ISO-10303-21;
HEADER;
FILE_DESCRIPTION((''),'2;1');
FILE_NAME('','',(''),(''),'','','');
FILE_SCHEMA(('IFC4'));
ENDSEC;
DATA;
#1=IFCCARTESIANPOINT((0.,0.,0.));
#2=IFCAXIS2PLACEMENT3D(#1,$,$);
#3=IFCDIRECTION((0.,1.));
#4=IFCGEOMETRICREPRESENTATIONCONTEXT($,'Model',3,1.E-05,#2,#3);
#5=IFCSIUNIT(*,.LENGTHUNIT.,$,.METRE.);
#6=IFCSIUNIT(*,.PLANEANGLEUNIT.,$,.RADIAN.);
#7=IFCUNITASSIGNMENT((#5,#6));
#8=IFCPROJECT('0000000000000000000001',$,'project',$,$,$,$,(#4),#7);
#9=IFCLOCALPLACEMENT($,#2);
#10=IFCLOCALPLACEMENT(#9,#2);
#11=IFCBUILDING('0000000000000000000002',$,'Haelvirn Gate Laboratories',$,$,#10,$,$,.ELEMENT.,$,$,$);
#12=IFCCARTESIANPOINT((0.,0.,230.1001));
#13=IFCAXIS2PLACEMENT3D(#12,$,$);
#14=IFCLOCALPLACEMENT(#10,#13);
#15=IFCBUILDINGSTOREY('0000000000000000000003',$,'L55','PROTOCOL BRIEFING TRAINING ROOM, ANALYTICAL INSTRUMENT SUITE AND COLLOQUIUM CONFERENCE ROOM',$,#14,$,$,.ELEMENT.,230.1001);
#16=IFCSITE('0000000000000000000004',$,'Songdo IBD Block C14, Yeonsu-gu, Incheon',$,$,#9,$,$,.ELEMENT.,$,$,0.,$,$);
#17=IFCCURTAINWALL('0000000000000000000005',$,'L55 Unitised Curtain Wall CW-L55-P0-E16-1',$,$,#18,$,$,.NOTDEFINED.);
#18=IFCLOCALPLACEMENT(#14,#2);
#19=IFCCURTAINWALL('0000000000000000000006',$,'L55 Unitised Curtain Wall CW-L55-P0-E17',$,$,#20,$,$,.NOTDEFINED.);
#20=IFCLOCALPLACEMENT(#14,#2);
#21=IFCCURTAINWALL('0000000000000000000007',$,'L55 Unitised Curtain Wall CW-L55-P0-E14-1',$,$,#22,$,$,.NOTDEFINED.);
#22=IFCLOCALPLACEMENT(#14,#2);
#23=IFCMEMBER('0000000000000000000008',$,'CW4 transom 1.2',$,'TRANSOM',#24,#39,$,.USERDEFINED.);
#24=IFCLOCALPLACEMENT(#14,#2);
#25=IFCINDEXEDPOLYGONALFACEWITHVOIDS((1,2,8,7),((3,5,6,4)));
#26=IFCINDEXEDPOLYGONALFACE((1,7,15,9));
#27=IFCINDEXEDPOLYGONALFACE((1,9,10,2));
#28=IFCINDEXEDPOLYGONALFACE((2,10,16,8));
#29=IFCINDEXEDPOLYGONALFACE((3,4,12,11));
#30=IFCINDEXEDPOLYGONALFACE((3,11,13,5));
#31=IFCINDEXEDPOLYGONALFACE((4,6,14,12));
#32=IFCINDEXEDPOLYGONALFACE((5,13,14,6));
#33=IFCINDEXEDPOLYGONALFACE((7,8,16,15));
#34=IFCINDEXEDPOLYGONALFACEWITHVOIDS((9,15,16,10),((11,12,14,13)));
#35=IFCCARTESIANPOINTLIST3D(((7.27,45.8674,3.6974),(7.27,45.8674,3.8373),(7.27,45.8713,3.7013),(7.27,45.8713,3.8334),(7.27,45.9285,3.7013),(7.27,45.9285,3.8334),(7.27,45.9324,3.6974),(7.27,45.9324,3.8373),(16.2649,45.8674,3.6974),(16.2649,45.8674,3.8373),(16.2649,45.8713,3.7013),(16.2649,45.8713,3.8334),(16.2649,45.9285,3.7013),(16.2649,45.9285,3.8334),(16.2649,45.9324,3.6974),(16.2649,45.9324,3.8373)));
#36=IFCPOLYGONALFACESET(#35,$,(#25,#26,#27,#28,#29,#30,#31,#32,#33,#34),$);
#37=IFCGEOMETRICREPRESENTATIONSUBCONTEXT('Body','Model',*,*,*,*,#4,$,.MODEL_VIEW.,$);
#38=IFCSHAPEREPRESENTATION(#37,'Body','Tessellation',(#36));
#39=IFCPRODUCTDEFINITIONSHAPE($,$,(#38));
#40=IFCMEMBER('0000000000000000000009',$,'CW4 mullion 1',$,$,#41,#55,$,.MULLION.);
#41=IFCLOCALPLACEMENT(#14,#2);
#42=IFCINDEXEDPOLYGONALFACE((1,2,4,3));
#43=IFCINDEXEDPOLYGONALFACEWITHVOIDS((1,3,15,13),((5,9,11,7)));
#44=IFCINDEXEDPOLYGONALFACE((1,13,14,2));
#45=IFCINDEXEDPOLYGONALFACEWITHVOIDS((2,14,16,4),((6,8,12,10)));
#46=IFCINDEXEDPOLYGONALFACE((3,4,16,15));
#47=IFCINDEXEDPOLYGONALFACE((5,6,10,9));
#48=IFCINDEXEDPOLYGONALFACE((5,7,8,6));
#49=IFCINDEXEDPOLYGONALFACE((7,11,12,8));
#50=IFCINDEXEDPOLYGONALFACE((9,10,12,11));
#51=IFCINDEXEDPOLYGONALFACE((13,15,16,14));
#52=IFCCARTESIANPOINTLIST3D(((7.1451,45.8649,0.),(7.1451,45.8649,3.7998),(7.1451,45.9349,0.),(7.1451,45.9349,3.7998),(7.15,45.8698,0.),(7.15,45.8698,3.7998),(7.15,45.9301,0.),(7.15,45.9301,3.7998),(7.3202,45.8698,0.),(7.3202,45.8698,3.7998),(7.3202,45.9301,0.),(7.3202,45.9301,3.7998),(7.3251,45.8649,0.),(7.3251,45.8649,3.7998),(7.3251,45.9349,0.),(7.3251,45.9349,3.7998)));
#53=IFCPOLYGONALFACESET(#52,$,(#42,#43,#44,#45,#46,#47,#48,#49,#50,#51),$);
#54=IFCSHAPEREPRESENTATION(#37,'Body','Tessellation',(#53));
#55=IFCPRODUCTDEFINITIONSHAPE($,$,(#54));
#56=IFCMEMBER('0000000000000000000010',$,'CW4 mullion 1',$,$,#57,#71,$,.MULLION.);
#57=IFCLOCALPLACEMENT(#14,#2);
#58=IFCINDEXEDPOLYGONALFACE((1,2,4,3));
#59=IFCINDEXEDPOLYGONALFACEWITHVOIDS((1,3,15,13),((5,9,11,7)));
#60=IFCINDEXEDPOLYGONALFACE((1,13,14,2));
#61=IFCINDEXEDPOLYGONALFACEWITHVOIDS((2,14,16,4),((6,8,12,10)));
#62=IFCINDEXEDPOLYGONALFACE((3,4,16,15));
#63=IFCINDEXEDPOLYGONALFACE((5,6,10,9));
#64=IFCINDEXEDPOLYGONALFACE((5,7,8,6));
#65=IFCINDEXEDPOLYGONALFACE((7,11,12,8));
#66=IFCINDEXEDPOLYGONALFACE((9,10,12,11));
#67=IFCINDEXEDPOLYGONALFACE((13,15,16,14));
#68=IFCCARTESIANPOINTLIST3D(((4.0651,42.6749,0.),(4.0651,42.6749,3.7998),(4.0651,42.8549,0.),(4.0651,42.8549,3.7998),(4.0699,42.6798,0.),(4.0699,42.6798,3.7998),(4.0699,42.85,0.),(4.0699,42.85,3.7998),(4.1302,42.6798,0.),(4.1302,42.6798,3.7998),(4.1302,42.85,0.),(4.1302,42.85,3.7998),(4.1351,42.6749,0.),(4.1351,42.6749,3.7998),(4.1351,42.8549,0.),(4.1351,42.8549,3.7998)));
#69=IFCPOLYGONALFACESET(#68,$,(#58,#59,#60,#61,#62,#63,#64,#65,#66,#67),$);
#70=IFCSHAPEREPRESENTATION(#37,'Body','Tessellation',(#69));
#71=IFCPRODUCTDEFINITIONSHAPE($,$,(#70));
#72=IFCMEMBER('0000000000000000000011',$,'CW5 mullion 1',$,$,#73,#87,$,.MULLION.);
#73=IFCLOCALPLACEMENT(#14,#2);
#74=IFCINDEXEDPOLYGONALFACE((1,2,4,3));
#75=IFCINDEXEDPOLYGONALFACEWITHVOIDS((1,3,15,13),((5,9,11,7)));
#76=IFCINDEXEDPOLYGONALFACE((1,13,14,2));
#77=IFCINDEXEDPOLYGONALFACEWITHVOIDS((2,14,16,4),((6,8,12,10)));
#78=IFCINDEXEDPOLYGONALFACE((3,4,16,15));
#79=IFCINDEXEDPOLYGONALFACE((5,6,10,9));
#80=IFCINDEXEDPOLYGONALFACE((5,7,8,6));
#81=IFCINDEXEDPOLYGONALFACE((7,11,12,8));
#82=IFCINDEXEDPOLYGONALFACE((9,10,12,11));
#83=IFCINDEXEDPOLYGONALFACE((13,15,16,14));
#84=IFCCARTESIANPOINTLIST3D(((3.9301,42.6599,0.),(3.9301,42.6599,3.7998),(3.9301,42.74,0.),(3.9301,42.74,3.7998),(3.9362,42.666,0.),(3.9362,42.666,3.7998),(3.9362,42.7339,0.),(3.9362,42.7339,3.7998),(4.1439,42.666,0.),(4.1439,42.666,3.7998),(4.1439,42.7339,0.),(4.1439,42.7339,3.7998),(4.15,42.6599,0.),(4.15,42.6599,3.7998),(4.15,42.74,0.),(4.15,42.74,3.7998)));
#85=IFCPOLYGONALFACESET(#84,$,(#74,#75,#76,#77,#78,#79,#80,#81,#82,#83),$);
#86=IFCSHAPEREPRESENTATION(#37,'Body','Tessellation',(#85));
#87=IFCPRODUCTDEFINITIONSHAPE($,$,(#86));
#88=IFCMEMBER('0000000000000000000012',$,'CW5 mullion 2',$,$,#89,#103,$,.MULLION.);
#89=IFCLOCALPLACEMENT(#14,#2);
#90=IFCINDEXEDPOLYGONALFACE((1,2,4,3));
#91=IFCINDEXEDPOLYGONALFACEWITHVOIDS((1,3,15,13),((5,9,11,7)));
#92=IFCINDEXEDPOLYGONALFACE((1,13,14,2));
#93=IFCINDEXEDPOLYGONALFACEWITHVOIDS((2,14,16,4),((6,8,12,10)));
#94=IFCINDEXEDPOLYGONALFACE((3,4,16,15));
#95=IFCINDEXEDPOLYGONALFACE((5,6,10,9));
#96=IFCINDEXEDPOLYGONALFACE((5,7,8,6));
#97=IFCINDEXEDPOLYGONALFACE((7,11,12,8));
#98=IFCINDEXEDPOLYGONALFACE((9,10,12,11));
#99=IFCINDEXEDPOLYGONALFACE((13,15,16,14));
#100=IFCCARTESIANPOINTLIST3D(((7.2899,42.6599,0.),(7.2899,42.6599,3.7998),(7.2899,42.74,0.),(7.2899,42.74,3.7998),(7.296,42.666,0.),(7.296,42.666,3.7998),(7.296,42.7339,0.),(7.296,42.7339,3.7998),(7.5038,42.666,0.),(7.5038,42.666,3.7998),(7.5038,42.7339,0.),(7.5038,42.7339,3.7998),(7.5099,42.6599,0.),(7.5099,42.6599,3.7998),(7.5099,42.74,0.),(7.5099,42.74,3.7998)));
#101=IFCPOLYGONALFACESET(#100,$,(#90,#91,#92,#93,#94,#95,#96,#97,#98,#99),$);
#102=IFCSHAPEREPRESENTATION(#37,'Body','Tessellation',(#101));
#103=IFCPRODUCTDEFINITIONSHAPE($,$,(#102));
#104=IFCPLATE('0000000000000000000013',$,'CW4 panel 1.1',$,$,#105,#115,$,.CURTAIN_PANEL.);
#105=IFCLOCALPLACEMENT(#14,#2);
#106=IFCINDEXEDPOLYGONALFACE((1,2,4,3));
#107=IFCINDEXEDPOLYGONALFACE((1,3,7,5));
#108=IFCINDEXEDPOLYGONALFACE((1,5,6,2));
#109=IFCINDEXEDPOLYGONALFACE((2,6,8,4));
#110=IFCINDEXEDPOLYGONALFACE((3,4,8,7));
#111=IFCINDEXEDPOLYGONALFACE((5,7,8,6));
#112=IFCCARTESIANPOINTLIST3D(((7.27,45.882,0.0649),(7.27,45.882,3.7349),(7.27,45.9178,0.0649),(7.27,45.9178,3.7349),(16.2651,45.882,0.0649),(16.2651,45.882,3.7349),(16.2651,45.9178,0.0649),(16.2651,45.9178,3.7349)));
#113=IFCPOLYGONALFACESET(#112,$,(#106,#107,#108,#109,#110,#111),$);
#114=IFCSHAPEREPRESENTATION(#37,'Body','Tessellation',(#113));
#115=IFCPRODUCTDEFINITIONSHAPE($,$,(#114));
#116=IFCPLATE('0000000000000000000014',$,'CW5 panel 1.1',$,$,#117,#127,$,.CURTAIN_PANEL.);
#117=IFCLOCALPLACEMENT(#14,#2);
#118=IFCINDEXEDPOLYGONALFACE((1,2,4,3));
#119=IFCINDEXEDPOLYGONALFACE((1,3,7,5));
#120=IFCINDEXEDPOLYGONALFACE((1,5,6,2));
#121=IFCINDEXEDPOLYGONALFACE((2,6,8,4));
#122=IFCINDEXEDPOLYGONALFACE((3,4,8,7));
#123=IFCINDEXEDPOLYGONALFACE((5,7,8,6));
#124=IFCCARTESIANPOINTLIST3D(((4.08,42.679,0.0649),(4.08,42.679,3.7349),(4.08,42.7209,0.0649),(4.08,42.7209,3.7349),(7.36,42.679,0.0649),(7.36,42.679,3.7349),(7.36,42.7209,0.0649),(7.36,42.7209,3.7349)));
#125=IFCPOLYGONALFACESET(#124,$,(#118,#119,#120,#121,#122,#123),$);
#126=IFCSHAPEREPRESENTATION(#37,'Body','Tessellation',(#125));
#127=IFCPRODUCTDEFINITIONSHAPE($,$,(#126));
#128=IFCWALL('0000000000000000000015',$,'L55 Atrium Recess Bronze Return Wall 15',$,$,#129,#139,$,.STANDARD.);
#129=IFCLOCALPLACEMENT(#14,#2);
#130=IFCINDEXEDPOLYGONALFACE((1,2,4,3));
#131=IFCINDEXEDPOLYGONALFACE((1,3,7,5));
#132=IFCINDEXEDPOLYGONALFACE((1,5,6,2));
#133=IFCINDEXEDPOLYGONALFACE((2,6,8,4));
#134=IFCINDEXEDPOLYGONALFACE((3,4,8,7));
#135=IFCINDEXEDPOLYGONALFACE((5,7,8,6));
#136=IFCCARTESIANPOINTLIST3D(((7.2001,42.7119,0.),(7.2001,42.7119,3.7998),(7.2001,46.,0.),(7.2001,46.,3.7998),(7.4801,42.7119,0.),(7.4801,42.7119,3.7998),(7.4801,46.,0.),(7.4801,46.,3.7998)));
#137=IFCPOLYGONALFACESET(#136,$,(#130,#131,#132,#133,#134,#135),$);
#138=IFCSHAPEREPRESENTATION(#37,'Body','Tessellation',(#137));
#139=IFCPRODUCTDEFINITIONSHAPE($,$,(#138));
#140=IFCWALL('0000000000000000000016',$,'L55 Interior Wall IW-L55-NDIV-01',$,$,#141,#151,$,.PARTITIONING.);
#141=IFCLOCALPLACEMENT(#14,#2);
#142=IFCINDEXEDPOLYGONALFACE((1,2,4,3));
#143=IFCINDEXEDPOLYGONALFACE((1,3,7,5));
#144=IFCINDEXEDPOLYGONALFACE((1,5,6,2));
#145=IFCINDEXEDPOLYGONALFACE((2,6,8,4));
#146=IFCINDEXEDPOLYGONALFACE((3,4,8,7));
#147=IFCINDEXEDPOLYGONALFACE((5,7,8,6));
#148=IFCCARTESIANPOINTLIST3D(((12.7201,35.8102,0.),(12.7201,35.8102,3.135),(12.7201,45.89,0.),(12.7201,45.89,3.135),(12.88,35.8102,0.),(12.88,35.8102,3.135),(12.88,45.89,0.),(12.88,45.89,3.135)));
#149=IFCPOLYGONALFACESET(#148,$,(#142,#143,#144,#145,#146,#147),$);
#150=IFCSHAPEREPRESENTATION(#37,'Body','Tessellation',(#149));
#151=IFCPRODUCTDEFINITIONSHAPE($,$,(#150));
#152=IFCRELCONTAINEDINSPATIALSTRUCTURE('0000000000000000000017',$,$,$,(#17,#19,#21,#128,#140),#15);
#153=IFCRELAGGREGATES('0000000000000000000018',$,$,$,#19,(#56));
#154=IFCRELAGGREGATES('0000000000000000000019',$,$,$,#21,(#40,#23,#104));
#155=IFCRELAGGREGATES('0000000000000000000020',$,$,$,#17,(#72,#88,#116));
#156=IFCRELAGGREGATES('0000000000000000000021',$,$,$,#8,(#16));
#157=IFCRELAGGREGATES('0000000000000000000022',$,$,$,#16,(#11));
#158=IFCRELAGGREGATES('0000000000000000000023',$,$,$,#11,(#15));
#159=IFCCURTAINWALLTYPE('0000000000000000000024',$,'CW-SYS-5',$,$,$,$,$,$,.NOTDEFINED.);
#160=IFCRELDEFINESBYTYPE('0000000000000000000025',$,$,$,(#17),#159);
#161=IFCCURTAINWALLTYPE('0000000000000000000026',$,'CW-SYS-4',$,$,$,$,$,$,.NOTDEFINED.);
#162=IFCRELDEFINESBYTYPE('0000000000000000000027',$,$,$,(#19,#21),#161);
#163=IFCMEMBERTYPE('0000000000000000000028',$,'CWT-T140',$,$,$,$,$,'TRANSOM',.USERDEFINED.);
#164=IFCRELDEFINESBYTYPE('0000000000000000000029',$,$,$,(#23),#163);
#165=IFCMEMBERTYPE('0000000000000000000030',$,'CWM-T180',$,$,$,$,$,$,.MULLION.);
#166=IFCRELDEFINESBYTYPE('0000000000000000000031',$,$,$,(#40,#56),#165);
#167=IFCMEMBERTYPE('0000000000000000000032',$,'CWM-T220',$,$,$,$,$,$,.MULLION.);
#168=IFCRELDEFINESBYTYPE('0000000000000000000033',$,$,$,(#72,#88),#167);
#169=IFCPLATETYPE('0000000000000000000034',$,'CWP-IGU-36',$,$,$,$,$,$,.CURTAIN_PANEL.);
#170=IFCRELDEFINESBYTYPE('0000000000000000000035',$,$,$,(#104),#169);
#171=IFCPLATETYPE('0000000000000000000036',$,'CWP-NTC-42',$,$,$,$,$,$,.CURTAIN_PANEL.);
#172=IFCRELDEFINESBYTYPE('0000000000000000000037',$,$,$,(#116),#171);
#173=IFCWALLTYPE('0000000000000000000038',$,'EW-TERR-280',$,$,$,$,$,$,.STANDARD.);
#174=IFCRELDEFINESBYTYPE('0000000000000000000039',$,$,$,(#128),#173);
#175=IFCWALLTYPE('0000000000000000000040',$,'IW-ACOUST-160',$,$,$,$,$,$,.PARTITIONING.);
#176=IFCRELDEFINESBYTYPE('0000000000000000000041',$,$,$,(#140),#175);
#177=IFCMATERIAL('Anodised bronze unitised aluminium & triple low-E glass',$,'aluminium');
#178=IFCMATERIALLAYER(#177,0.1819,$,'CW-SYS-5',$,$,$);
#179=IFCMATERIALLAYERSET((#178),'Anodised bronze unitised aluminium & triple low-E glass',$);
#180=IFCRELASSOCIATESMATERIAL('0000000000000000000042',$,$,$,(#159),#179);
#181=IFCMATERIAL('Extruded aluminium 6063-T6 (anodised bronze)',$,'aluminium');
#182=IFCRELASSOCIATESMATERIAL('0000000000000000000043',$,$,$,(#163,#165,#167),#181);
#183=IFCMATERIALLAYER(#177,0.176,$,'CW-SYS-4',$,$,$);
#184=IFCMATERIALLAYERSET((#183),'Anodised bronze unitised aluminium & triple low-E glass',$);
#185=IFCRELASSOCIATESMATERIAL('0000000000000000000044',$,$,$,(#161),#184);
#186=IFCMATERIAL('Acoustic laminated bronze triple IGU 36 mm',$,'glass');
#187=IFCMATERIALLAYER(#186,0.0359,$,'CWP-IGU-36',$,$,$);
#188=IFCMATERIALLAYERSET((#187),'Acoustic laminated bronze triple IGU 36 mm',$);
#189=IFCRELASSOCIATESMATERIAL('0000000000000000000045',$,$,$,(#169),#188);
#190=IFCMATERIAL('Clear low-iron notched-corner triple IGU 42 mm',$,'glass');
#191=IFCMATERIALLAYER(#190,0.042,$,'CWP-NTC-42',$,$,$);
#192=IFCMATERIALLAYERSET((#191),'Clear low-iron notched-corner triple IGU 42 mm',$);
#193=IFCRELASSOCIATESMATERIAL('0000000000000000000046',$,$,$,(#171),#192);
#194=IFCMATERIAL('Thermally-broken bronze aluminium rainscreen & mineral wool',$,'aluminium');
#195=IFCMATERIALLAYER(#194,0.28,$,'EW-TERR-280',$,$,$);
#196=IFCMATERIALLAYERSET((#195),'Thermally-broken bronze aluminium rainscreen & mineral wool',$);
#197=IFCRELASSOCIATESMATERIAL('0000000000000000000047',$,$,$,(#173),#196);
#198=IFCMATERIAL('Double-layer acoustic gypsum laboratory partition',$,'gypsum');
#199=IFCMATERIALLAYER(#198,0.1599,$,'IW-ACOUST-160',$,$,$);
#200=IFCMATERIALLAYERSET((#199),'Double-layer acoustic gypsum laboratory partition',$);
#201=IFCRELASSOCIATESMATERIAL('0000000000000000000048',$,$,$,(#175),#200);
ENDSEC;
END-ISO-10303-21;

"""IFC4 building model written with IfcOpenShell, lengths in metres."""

from ifc_helpers import new_model, si_unit, direction, frame, frame_2d, origin, origin_2d, place, context, subcontext, project, spatial, rectangle, hollow_rectangle, extrude, source, transform, mapped, material, layer, layer_set, material_profile, profile_set, type_object, type_shapes, element, aggregate, save


model = new_model("IFC4")

# Units and contexts
model_context = context("Model", 3, precision=1e-05, world=origin(), true_north=direction((0.0, 1.0)))
body_context = subcontext(model_context, "Body", "Model", "MODEL_VIEW")
ifc_project = project(units=[si_unit("LENGTHUNIT", "METRE"), si_unit("PLANEANGLEUNIT", "RADIAN")], contexts=[model_context])

# Site, building, storey
site_placement = place(None, origin())
site = spatial("IfcSite", under=ifc_project, at=site_placement, Name="Songdo IBD Block C14, Yeonsu-gu, Incheon", CompositionType="ELEMENT", RefElevation=0.0)
building_placement = place(site_placement, origin())
building = spatial("IfcBuilding", under=site, at=building_placement, Name="Haelvirn Gate Laboratories", CompositionType="ELEMENT")
storey_placement = place(building_placement, frame((0.0, 0.0, 230.1001)))
storey = spatial("IfcBuildingStorey", under=building, at=storey_placement, Name="L55", Description="PROTOCOL BRIEFING TRAINING ROOM, ANALYTICAL INSTRUMENT SUITE AND COLLOQUIUM CONFERENCE ROOM", CompositionType="ELEMENT", Elevation=230.1001)

# Curtain walls, members
ifc_material_1 = material(Name="Anodised bronze unitised aluminium & triple low-E glass", Category="aluminium")
ifc_layer_1 = layer(ifc_material_1, 0.1819, Name="CW-SYS-5")
ifc_layer_set_1 = layer_set([ifc_layer_1], Name="Anodised bronze unitised aluminium & triple low-E glass")
curtain_wall_type_1 = type_object("IfcCurtainWallType", Name="CW-SYS-5", PredefinedType="NOTDEFINED", material=ifc_layer_set_1)
curtain_wall_1_placement = place(storey_placement, origin())
curtain_wall_1 = element("IfcCurtainWall", 1, at=curtain_wall_1_placement, inside=storey, type_object=curtain_wall_type_1, Name="L55 Unitised Curtain Wall CW-L55-P0-E16-1", PredefinedType="NOTDEFINED")
ifc_material_2 = material(Name="Extruded aluminium 6063-T6 (anodised bronze)", Category="aluminium")
ifc_material_profile_1 = material_profile(ifc_material_2, hollow_rectangle(XDim=0.0649, YDim=0.1399, WallThickness=0.0039, at=origin_2d()), Name="CWT-140x65x4")
ifc_profile_set_1 = profile_set([ifc_material_profile_1], Name="Extruded aluminium 6063-T6 (anodised bronze)")
member_type_1 = type_object("IfcMemberType", Name="CWT-T140", ElementType="TRANSOM", PredefinedType="USERDEFINED", material=ifc_profile_set_1)
ifc_layer_2 = layer(ifc_material_1, 0.176, Name="CW-SYS-4")
ifc_layer_set_2 = layer_set([ifc_layer_2], Name="Anodised bronze unitised aluminium & triple low-E glass")
curtain_wall_type_2 = type_object("IfcCurtainWallType", Name="CW-SYS-4", PredefinedType="NOTDEFINED", material=ifc_layer_set_2)
curtain_wall_2_placement = place(storey_placement, origin())
curtain_wall_2 = element("IfcCurtainWall", 2, at=curtain_wall_2_placement, inside=storey, type_object=curtain_wall_type_2, Name="L55 Unitised Curtain Wall CW-L55-P0-E17", PredefinedType="NOTDEFINED")
curtain_wall_3_placement = place(storey_placement, origin())
curtain_wall_3 = element("IfcCurtainWall", 3, at=curtain_wall_3_placement, inside=storey, type_object=curtain_wall_type_2, Name="L55 Unitised Curtain Wall CW-L55-P0-E14-1", PredefinedType="NOTDEFINED")
shared_shape_1 = source(origin(), body_context, "Body", "SweptSolid", [
    extrude(hollow_rectangle(XDim=0.0649, YDim=0.1399, WallThickness=0.0039, at=origin_2d()), origin(), (0.0, 0.0, 1.0), 8.9949),
])
member_1_placement = place(storey_placement, frame((7.27, 45.8999, 3.7673), z_axis=(1.0, 0.0, 0.0), x_axis=(0.0, 1.0, 0.0)))
member_1 = element("IfcMember", 4, at=member_1_placement, type_object=member_type_1, Name="CW4 transom 1.2", ObjectType="TRANSOM", PredefinedType="USERDEFINED", context=body_context, shape_type="MappedRepresentation", body=[
    mapped(shared_shape_1, transform((0.0, 0.0, 0.0), scale=1.0)),
])
ifc_material_profile_2 = material_profile(ifc_material_2, hollow_rectangle(XDim=0.0701, YDim=0.1799, WallThickness=0.0049, at=origin_2d()), Name="CWM-180x70x5")
ifc_profile_set_2 = profile_set([ifc_material_profile_2], Name="Extruded aluminium 6063-T6 (anodised bronze)")
member_type_2 = type_object("IfcMemberType", Name="CWM-T180", PredefinedType="MULLION", material=ifc_profile_set_2)
shared_shape_2 = source(origin(), body_context, "Body", "SweptSolid", [
    extrude(hollow_rectangle(XDim=0.0701, YDim=0.1799, WallThickness=0.0049, at=origin_2d()), origin(), (0.0, 0.0, 1.0), 3.7998),
])
type_shapes(member_type_2, [shared_shape_2])
member_2_placement = place(storey_placement, frame((7.2351, 45.8999, 0.0), z_axis=(0.0, 0.0, 1.0), x_axis=(0.0, 1.0, 0.0)))
member_2 = element("IfcMember", 5, at=member_2_placement, type_object=member_type_2, Name="CW4 mullion 1", PredefinedType="MULLION", context=body_context, shape_type="MappedRepresentation", body=[
    mapped(shared_shape_2, transform((0.0, 0.0, 0.0), scale=1.0)),
])

# Members
member_3_placement = place(storey_placement, frame((4.1001, 42.7649, 0.0), z_axis=(0.0, 0.0, 1.0), x_axis=(1.0, 0.0, 0.0)))
member_3 = element("IfcMember", 6, at=member_3_placement, type_object=member_type_2, Name="CW4 mullion 1", PredefinedType="MULLION", context=body_context, shape_type="MappedRepresentation", body=[
    mapped(shared_shape_2, transform((0.0, 0.0, 0.0), scale=1.0)),
])
aggregate(curtain_wall_2, [member_3])
ifc_material_profile_3 = material_profile(ifc_material_2, hollow_rectangle(XDim=0.0801, YDim=0.22, WallThickness=0.0061, at=origin_2d()), Name="CWM-220x80x6")
ifc_profile_set_3 = profile_set([ifc_material_profile_3], Name="Extruded aluminium 6063-T6 (anodised bronze)")
member_type_3 = type_object("IfcMemberType", Name="CWM-T220", PredefinedType="MULLION", material=ifc_profile_set_3)
shared_shape_3 = source(origin(), body_context, "Body", "SweptSolid", [
    extrude(hollow_rectangle(XDim=0.0801, YDim=0.22, WallThickness=0.0061, at=origin_2d()), origin(), (0.0, 0.0, 1.0), 3.7998),
])
type_shapes(member_type_3, [shared_shape_3])
member_4_placement = place(storey_placement, frame((4.04, 42.7, 0.0), z_axis=(0.0, 0.0, 1.0), x_axis=(0.0, 1.0, 0.0)))
member_4 = element("IfcMember", 7, at=member_4_placement, type_object=member_type_3, Name="CW5 mullion 1", PredefinedType="MULLION", context=body_context, shape_type="MappedRepresentation", body=[
    mapped(shared_shape_3, transform((0.0, 0.0, 0.0), scale=1.0)),
])
member_5_placement = place(storey_placement, frame((7.3999, 42.7, 0.0), z_axis=(0.0, 0.0, 1.0), x_axis=(0.0, 1.0, 0.0)))
member_5 = element("IfcMember", 8, at=member_5_placement, type_object=member_type_3, Name="CW5 mullion 2", PredefinedType="MULLION", context=body_context, shape_type="MappedRepresentation", body=[
    mapped(shared_shape_3, transform((0.0, 0.0, 0.0), scale=1.0)),
])

# Plates
ifc_material_3 = material(Name="Acoustic laminated bronze triple IGU 36 mm", Category="glass")
ifc_layer_3 = layer(ifc_material_3, 0.0359, Name="CWP-IGU-36")
ifc_layer_set_3 = layer_set([ifc_layer_3], Name="Acoustic laminated bronze triple IGU 36 mm")
plate_type_1 = type_object("IfcPlateType", Name="CWP-IGU-36", PredefinedType="CURTAIN_PANEL", material=ifc_layer_set_3)
shared_shape_4 = source(origin(), body_context, "Body", "SweptSolid", [
    extrude(rectangle(XDim=8.9951, YDim=0.0359, at=origin_2d()), origin(), (0.0, 0.0, 1.0), 3.6699),
])
type_shapes(plate_type_1, [shared_shape_4])
plate_1_placement = place(storey_placement, frame((11.7676, 45.8999, 0.0649), z_axis=(0.0, 0.0, 1.0), x_axis=(1.0, 0.0, 0.0)))
plate_1 = element("IfcPlate", 9, at=plate_1_placement, type_object=plate_type_1, Name="CW4 panel 1.1", PredefinedType="CURTAIN_PANEL", context=body_context, shape_type="MappedRepresentation", body=[
    mapped(shared_shape_4, transform((0.0, 0.0, 0.0), scale=1.0)),
])
aggregate(curtain_wall_3, [member_2, member_1, plate_1])
ifc_material_4 = material(Name="Clear low-iron notched-corner triple IGU 42 mm", Category="glass")
ifc_layer_4 = layer(ifc_material_4, 0.042, Name="CWP-NTC-42")
ifc_layer_set_4 = layer_set([ifc_layer_4], Name="Clear low-iron notched-corner triple IGU 42 mm")
plate_type_2 = type_object("IfcPlateType", Name="CWP-NTC-42", PredefinedType="CURTAIN_PANEL", material=ifc_layer_set_4)
shared_shape_5 = source(origin(), body_context, "Body", "SweptSolid", [
    extrude(rectangle(XDim=3.28, YDim=0.042, at=origin_2d()), origin(), (0.0, 0.0, 1.0), 3.6699),
])
type_shapes(plate_type_2, [shared_shape_5])
plate_2_placement = place(storey_placement, frame((5.72, 42.7, 0.0649), z_axis=(0.0, 0.0, 1.0), x_axis=(1.0, 0.0, 0.0)))
plate_2 = element("IfcPlate", 10, at=plate_2_placement, type_object=plate_type_2, Name="CW5 panel 1.1", PredefinedType="CURTAIN_PANEL", context=body_context, shape_type="MappedRepresentation", body=[
    mapped(shared_shape_5, transform((0.0, 0.0, 0.0), scale=1.0)),
])
aggregate(curtain_wall_1, [member_4, member_5, plate_2])

# Walls
ifc_material_5 = material(Name="Thermally-broken bronze aluminium rainscreen & mineral wool", Category="aluminium")
ifc_layer_5 = layer(ifc_material_5, 0.28, Name="EW-TERR-280")
ifc_layer_set_5 = layer_set([ifc_layer_5], Name="Thermally-broken bronze aluminium rainscreen & mineral wool")
wall_type_1 = type_object("IfcWallType", Name="EW-TERR-280", PredefinedType="STANDARD", material=ifc_layer_set_5)
wall_1_placement = place(storey_placement, frame((7.3401, 46.0, 0.0), z_axis=(0.0, 0.0, 1.0), x_axis=(0.0, -1.0, 0.0)))
element("IfcWall", 11, at=wall_1_placement, inside=storey, type_object=wall_type_1, Name="L55 Atrium Recess Bronze Return Wall 15", PredefinedType="STANDARD", context=body_context, shape_type="SweptSolid", body=[
    extrude(rectangle(XDim=3.2881, YDim=0.28, at=frame_2d((1.644, 0.0))), origin(), (0.0, 0.0, 1.0), 3.7998),
])
ifc_material_6 = material(Name="Double-layer acoustic gypsum laboratory partition", Category="gypsum")
ifc_layer_6 = layer(ifc_material_6, 0.1599, Name="IW-ACOUST-160")
ifc_layer_set_6 = layer_set([ifc_layer_6], Name="Double-layer acoustic gypsum laboratory partition")
wall_type_2 = type_object("IfcWallType", Name="IW-ACOUST-160", PredefinedType="PARTITIONING", material=ifc_layer_set_6)
wall_2_placement = place(storey_placement, frame((12.8, 35.8101, 0.0), z_axis=(0.0, 0.0, 1.0), x_axis=(0.0, 1.0, 0.0)))
element("IfcWall", 12, at=wall_2_placement, inside=storey, type_object=wall_type_2, Name="L55 Interior Wall IW-L55-NDIV-01", PredefinedType="PARTITIONING", context=body_context, shape_type="SweptSolid", body=[
    extrude(rectangle(XDim=10.0798, YDim=0.1599, at=frame_2d((5.04, 0.0))), origin(), (0.0, 0.0, 1.0), 3.135),
])

save(model, "model.ifc")
